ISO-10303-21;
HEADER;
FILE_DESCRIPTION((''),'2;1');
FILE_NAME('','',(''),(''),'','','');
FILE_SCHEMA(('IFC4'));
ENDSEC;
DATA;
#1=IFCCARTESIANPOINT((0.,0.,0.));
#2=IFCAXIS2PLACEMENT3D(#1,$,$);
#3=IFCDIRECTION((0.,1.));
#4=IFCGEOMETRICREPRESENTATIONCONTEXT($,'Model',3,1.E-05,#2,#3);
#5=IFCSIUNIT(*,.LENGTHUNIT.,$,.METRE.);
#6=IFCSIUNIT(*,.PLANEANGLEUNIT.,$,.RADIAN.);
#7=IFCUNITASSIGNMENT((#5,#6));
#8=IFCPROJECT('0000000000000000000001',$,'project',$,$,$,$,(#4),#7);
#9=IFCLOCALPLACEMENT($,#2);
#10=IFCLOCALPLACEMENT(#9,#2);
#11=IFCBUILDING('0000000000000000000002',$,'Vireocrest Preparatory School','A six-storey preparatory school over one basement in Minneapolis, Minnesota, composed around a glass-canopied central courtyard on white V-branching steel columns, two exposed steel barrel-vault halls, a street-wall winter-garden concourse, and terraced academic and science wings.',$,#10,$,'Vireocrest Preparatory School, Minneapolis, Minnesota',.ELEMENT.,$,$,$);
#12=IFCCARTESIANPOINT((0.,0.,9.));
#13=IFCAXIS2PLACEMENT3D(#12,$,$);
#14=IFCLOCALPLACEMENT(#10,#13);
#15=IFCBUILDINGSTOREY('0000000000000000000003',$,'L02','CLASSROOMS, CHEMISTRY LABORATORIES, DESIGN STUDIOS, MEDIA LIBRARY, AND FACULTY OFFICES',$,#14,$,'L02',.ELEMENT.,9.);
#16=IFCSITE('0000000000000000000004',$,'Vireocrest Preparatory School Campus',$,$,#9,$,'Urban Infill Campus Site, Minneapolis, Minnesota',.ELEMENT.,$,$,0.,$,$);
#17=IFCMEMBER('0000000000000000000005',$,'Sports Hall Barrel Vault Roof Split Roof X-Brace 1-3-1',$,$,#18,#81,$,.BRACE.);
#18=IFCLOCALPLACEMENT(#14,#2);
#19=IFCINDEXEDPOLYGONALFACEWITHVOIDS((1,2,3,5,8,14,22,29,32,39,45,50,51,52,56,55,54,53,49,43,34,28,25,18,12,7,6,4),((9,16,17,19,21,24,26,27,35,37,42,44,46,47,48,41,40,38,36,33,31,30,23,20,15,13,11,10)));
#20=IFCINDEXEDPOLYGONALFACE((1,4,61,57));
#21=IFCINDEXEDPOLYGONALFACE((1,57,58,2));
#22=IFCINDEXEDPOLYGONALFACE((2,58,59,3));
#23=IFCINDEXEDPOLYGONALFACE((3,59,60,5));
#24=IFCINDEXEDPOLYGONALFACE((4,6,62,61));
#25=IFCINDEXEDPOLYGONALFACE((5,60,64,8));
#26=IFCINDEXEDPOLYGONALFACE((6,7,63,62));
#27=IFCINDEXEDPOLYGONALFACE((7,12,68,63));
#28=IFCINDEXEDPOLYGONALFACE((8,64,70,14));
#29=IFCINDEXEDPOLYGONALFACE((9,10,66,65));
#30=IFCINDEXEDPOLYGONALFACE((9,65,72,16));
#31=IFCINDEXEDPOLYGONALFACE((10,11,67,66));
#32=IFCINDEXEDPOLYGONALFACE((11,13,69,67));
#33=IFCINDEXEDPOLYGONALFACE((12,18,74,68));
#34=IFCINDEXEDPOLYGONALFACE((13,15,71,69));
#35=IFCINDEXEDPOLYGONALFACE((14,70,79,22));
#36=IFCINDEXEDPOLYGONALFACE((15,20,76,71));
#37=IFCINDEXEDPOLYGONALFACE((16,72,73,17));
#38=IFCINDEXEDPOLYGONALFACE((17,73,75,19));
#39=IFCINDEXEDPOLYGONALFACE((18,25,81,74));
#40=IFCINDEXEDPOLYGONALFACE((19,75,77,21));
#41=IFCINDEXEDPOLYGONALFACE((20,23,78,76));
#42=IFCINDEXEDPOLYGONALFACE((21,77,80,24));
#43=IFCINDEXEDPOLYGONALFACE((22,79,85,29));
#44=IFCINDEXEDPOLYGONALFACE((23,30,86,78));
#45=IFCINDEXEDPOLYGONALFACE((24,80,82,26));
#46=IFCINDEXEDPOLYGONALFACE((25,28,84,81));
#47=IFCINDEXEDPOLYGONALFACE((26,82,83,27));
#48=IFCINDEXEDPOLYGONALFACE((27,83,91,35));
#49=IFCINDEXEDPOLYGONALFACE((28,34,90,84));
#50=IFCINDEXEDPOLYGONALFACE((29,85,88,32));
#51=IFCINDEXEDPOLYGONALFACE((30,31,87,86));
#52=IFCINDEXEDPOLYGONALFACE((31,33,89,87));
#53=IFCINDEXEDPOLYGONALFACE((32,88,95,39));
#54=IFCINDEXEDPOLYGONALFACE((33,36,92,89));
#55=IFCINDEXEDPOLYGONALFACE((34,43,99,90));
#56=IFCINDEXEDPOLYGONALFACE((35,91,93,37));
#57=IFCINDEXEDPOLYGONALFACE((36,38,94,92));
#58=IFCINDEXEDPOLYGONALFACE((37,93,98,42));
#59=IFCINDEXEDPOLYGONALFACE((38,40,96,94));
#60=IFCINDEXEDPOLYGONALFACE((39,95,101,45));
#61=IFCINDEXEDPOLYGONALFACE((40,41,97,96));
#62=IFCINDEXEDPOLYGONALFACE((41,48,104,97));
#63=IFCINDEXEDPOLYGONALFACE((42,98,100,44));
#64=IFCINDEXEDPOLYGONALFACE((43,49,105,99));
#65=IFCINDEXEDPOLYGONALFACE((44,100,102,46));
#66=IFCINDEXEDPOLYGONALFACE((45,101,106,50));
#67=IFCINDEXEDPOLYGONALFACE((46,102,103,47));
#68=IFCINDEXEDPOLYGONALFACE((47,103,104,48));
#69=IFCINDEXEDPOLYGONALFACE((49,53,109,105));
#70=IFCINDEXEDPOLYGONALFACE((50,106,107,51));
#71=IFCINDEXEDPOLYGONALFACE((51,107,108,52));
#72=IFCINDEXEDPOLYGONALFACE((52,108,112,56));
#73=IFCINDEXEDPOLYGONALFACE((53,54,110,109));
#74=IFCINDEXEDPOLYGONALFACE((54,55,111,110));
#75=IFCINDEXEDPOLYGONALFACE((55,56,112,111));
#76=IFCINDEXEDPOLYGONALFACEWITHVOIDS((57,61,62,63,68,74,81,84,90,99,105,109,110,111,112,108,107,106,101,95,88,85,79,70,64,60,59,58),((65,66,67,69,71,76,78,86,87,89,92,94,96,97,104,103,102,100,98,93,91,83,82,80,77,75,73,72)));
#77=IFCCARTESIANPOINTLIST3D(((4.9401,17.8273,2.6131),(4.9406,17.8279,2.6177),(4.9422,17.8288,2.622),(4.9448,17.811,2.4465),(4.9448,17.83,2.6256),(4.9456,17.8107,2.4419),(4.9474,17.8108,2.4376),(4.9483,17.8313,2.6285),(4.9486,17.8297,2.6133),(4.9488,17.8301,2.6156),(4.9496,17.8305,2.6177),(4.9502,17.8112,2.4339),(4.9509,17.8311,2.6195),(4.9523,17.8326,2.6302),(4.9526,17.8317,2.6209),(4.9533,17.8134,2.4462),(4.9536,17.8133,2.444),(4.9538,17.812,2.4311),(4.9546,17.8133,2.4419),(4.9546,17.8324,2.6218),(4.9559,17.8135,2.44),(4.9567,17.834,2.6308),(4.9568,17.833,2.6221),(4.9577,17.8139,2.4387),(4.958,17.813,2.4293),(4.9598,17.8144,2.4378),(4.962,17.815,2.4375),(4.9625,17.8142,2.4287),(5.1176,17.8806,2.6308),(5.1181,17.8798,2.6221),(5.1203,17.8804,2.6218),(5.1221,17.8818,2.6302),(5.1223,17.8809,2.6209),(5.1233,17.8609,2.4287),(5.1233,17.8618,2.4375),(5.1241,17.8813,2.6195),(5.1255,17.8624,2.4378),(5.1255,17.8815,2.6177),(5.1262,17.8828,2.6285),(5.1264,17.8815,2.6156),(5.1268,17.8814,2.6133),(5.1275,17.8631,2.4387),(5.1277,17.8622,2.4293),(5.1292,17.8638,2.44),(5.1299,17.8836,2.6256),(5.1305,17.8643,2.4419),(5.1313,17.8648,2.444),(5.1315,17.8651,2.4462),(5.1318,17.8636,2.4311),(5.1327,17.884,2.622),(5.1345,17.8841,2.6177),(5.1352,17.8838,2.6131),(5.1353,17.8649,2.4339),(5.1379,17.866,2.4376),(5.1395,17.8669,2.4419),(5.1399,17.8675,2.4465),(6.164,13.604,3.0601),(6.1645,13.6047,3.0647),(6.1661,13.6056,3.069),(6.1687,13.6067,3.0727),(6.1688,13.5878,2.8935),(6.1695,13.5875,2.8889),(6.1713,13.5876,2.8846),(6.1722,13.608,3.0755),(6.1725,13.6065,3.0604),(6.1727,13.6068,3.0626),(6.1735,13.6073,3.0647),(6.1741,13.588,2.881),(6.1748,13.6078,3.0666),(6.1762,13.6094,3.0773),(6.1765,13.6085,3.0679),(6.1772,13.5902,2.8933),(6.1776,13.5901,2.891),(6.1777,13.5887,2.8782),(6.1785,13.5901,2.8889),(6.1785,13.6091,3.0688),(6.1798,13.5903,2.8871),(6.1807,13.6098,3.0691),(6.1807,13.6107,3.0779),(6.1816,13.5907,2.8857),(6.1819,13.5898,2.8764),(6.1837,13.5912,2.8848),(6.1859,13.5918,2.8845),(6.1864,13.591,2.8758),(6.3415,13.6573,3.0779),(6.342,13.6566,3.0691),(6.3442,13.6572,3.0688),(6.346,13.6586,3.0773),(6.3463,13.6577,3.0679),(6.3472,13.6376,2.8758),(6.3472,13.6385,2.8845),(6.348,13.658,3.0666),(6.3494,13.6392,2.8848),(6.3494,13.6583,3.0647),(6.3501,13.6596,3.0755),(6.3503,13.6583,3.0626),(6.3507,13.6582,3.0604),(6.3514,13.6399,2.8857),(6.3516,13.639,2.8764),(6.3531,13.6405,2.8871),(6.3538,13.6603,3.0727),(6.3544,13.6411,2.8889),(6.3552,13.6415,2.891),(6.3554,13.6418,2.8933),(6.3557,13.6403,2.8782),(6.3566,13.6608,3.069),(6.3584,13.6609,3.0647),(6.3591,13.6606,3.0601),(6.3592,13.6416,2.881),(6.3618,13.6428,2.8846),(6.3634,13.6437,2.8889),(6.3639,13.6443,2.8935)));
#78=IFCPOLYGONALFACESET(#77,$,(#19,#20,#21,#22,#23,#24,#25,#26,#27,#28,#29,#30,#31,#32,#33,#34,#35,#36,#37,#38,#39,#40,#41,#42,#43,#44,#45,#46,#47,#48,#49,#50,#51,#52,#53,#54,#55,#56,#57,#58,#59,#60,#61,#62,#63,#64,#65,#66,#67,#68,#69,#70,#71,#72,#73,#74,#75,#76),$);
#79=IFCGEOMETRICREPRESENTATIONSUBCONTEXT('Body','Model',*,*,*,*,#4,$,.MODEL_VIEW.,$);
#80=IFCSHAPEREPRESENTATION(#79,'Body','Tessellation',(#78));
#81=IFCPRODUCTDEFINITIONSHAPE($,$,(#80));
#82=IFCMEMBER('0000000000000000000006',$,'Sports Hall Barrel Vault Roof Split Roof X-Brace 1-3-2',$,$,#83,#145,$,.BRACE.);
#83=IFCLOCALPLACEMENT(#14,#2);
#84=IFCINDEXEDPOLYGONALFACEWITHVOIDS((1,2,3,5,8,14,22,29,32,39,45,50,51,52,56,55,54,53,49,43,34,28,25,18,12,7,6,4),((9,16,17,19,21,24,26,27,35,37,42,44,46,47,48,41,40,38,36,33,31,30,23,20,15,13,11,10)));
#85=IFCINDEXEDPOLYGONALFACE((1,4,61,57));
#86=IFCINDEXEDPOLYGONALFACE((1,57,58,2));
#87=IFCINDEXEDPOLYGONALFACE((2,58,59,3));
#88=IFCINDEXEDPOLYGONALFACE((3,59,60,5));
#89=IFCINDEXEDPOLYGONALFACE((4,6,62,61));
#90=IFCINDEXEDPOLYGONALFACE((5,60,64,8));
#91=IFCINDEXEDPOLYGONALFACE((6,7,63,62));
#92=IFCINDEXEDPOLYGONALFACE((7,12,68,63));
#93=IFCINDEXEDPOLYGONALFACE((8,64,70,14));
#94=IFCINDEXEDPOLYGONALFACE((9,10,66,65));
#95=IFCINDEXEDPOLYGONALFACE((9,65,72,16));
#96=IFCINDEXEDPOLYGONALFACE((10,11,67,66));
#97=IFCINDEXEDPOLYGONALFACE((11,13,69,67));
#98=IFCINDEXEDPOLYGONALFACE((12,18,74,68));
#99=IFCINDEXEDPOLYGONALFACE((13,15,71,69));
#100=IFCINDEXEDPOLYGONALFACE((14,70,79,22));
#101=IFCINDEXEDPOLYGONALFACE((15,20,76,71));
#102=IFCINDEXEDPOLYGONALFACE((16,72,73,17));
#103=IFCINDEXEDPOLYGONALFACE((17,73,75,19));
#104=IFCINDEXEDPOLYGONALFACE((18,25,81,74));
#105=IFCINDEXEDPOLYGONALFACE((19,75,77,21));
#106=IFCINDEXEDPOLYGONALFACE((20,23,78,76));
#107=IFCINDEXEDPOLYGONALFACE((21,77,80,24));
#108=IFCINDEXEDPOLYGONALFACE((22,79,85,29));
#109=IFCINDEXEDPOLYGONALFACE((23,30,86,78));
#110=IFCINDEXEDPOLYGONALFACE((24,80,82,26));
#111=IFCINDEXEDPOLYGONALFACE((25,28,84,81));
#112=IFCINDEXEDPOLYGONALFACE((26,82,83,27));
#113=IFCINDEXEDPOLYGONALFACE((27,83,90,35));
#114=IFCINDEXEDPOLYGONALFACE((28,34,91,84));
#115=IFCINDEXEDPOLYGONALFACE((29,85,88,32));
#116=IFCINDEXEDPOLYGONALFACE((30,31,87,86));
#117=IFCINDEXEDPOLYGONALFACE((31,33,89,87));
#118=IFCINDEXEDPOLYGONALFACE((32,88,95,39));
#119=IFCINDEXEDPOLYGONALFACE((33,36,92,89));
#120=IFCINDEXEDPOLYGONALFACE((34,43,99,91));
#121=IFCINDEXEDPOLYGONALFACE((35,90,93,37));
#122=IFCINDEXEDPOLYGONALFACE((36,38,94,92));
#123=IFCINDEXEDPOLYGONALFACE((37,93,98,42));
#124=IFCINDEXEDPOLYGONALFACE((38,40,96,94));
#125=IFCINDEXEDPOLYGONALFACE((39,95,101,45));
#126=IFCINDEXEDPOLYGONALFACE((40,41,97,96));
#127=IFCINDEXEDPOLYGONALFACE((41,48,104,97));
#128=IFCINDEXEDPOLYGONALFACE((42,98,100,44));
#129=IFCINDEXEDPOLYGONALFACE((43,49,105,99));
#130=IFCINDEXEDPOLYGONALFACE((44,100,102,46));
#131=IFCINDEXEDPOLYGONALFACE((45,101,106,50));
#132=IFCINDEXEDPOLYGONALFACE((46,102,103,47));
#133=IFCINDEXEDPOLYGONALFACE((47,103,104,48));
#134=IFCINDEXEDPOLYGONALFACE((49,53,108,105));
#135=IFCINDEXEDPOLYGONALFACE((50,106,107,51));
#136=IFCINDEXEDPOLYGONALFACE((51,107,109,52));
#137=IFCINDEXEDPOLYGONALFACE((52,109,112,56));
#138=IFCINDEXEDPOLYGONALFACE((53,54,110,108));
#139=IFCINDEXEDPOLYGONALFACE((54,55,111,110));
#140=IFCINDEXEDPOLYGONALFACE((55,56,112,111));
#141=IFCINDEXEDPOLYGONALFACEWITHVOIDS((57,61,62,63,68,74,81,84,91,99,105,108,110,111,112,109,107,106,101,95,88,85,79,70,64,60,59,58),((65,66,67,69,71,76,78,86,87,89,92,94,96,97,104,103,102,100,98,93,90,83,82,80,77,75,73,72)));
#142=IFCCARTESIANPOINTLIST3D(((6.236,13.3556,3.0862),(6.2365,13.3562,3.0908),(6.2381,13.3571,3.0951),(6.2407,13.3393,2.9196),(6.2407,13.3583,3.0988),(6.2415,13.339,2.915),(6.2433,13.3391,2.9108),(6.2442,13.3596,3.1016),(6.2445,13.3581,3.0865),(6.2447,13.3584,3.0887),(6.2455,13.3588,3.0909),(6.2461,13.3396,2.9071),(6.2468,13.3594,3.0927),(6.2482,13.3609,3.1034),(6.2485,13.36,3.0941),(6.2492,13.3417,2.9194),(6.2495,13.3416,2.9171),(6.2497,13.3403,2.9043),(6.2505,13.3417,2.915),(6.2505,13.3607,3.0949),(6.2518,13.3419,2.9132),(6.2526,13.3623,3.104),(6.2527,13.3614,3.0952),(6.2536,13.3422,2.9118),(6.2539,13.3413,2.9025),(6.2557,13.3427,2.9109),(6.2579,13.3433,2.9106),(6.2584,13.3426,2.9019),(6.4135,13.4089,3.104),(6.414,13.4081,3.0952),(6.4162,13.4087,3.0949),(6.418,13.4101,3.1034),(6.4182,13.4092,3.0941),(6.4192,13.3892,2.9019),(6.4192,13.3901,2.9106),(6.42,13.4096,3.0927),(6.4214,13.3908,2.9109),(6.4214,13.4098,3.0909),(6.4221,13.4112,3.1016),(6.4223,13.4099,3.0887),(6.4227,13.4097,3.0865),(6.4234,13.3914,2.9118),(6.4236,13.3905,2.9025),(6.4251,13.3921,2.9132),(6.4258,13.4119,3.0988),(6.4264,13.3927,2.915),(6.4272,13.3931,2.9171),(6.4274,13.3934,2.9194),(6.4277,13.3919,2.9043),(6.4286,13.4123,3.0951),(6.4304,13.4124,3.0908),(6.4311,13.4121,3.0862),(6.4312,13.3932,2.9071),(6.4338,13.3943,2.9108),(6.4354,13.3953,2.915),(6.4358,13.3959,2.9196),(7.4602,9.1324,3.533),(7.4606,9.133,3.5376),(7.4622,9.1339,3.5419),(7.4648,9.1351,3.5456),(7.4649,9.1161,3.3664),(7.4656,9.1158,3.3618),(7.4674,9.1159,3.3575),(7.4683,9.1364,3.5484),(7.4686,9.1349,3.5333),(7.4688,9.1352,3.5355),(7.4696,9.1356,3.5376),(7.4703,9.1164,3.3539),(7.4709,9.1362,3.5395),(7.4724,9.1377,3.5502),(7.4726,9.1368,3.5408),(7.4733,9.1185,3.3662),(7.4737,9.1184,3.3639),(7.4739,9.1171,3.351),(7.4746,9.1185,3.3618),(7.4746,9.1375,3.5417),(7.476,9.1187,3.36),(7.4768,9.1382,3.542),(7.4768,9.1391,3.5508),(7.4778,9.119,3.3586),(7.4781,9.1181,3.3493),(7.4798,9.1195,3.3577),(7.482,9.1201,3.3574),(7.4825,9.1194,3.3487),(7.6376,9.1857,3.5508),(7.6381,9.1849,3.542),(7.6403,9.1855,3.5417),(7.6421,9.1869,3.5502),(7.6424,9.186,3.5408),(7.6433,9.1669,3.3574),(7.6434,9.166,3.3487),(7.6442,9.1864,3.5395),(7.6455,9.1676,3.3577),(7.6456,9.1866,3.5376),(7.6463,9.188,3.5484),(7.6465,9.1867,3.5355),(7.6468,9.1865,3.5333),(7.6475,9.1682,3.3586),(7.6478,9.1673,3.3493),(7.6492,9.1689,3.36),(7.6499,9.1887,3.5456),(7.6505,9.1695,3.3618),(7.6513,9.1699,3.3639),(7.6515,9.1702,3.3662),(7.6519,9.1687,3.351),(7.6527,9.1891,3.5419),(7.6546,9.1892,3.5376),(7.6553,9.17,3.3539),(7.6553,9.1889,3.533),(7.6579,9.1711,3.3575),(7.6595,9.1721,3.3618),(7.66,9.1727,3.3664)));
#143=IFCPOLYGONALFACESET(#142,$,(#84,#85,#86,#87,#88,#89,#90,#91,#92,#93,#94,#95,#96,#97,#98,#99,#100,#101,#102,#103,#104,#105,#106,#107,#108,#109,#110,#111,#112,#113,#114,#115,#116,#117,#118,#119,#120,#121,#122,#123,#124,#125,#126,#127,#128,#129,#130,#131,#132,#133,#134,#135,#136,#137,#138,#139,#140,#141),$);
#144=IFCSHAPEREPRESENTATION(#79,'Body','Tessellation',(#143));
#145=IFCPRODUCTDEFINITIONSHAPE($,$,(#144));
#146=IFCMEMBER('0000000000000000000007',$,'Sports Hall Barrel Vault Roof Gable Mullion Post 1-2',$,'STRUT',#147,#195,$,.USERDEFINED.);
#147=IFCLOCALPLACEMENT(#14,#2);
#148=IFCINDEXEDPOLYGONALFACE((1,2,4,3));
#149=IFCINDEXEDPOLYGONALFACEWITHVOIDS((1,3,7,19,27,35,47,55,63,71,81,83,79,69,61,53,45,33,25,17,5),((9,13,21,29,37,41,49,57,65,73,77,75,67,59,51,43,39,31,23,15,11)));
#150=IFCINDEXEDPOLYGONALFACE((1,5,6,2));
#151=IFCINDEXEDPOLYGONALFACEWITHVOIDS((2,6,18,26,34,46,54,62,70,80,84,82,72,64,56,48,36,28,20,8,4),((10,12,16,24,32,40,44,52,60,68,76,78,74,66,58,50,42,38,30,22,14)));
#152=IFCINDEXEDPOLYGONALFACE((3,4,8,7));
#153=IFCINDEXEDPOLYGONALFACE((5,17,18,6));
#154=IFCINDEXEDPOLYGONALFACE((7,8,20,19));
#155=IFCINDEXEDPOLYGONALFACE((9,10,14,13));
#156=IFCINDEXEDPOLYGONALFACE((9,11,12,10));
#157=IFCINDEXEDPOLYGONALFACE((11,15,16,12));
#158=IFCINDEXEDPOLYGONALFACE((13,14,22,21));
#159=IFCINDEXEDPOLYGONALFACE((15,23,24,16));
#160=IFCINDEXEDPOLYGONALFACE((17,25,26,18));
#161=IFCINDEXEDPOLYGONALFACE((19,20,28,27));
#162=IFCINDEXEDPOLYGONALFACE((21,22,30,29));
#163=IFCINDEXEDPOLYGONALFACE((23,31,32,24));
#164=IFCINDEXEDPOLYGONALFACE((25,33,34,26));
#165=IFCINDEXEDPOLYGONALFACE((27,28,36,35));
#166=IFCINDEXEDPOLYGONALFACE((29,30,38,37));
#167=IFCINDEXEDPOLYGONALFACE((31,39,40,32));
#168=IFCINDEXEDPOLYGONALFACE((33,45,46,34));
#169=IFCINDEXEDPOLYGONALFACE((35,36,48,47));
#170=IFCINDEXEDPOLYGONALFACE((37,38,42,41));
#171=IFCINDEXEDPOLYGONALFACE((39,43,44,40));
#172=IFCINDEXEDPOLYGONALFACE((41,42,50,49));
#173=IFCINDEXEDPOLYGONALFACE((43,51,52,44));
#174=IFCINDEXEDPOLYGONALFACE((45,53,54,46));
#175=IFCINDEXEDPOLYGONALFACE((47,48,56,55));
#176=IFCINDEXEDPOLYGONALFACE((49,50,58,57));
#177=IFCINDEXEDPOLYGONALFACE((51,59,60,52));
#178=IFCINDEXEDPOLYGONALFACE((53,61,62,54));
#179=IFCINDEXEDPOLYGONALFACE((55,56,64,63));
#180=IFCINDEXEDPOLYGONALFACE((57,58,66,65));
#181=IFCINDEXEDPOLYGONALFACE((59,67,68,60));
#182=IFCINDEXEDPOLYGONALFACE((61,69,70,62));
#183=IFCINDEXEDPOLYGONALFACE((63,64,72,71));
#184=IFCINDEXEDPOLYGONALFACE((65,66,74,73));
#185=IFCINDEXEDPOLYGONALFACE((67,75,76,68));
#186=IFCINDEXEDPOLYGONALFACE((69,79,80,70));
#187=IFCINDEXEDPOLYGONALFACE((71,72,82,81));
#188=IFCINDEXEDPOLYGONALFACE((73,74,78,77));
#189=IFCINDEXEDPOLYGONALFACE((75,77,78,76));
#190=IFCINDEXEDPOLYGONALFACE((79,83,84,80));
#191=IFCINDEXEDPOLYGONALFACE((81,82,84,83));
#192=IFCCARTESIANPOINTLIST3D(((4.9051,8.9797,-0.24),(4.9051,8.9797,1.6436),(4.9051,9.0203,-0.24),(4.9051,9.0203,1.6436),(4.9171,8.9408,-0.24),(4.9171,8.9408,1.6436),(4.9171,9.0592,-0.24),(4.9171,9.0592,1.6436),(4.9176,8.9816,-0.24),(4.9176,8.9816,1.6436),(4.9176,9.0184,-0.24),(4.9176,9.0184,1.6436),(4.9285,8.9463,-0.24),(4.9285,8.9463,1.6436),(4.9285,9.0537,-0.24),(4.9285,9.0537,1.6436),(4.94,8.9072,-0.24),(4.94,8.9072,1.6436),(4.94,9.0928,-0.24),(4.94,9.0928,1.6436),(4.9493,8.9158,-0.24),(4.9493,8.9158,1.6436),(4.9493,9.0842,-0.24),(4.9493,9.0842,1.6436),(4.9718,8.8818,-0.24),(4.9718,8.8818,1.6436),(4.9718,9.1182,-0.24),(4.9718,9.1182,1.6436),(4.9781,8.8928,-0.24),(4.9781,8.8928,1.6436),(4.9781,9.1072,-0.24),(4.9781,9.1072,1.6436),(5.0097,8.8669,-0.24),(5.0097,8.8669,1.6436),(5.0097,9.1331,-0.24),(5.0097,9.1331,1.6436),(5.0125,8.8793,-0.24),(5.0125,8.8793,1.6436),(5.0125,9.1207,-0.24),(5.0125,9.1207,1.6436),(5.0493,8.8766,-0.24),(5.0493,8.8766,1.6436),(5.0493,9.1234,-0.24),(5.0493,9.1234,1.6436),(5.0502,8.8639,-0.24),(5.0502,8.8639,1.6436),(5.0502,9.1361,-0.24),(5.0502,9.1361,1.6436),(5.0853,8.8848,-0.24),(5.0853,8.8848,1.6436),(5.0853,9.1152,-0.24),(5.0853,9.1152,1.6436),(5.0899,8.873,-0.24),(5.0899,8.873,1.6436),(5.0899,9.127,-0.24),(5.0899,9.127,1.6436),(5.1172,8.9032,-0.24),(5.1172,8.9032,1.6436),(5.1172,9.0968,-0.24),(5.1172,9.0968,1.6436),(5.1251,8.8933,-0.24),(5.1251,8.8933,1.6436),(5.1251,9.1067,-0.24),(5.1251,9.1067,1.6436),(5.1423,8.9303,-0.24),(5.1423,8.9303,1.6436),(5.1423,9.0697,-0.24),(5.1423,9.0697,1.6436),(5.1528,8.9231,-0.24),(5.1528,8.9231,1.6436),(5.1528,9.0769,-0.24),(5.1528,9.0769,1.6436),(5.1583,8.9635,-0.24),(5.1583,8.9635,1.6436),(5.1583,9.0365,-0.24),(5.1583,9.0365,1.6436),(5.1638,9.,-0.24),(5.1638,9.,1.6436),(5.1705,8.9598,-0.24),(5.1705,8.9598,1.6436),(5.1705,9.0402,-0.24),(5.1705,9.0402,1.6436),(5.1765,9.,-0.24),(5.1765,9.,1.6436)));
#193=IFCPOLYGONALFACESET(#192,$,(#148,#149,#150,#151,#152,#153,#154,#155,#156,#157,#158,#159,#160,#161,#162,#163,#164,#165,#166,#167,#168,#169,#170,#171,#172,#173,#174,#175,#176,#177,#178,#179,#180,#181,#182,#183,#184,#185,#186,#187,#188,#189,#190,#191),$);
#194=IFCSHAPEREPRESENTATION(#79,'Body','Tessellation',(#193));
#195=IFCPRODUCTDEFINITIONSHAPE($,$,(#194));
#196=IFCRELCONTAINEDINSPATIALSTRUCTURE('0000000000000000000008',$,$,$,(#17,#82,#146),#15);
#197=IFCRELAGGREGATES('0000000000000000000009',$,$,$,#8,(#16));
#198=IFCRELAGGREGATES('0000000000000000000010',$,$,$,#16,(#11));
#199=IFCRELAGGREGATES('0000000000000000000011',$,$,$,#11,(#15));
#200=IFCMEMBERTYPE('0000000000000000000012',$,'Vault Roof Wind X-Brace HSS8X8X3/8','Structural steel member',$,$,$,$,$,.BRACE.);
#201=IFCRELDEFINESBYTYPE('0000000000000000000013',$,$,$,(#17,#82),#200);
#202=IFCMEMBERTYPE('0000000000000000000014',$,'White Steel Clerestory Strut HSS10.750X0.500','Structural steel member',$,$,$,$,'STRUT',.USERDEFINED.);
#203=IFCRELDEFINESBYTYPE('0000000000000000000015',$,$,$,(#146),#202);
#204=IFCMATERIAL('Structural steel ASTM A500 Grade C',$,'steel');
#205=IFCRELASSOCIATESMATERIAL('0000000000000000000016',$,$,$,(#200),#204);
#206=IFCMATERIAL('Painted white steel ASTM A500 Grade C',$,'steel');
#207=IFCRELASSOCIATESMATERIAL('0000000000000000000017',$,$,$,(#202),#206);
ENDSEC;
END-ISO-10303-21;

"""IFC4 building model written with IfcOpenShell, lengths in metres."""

from ifc_helpers import new_model, si_unit, direction, frame, origin, origin_2d, place, context, subcontext, project, spatial, hollow_rectangle, hollow_circle, extrude, material, material_profile, profile_set, type_object, element, save


model = new_model("IFC4")

# Units and contexts
model_context = context("Model", 3, precision=1e-05, world=origin(), true_north=direction((0.0, 1.0)))
body_context = subcontext(model_context, "Body", "Model", "MODEL_VIEW")
ifc_project = project(units=[si_unit("LENGTHUNIT", "METRE"), si_unit("PLANEANGLEUNIT", "RADIAN")], contexts=[model_context])

# Site, building, storey
site_placement = place(None, origin())
site = spatial("IfcSite", under=ifc_project, at=site_placement, Name="Vireocrest Preparatory School Campus", LongName="Urban Infill Campus Site, Minneapolis, Minnesota", CompositionType="ELEMENT", RefElevation=0.0)
building_placement = place(site_placement, origin())
building = spatial("IfcBuilding", under=site, at=building_placement, Name="Vireocrest Preparatory School", Description="A six-storey preparatory school over one basement in Minneapolis, Minnesota, composed around a glass-canopied central courtyard on white V-branching steel columns, two exposed steel barrel-vault halls, a street-wall winter-garden concourse, and terraced academic and science wings.", LongName="Vireocrest Preparatory School, Minneapolis, Minnesota", CompositionType="ELEMENT")
storey_placement = place(building_placement, frame((0.0, 0.0, 9.0)))
storey = spatial("IfcBuildingStorey", under=building, at=storey_placement, Name="L02", Description="CLASSROOMS, CHEMISTRY LABORATORIES, DESIGN STUDIOS, MEDIA LIBRARY, AND FACULTY OFFICES", LongName="L02", CompositionType="ELEMENT", Elevation=9.0)

# Shared definitions
ifc_material_1 = material(Name="Structural steel ASTM A500 Grade C", Category="steel")

# Members
ifc_material_profile_1 = material_profile(ifc_material_1, hollow_rectangle(XDim=0.2031, YDim=0.2031, WallThickness=0.0088, InnerFilletRadius=0.0088, OuterFilletRadius=0.0178, at=origin_2d()), Name="HSS8X8X3/8")
ifc_profile_set_1 = profile_set([ifc_material_profile_1], Name="Structural steel ASTM A500 Grade C")
member_type_1 = type_object("IfcMemberType", Name="Vault Roof Wind X-Brace HSS8X8X3/8", Description="Structural steel member", PredefinedType="BRACE", material=ifc_profile_set_1)
for number, where, z_axis, x_axis, name in (
    (1, (5.04, 17.8474, 2.5298), (0.276922, -0.955554, 0.101146), (0.96048, 0.278349, 0.0), "Sports Hall Barrel Vault Roof Split Roof X-Brace 1-3-1"),
    (2, (6.3359, 13.3757, 3.0029), (0.276974, -0.955545, 0.10109), (0.960465, 0.278401, 0.0), "Sports Hall Barrel Vault Roof Split Roof X-Brace 1-3-2"),
):
    element("IfcMember", number, at=place(storey_placement, frame(where, z_axis=z_axis, x_axis=x_axis)), inside=storey, type_object=member_type_1, Name=name, PredefinedType="BRACE", context=body_context, shape_type="SweptSolid", body=[
        extrude(hollow_rectangle(XDim=0.2031, YDim=0.2031, WallThickness=0.0088, InnerFilletRadius=0.0088, OuterFilletRadius=0.0178, at=origin_2d()), origin(), (0.0, 0.0, 1.0), 4.4197),
    ])
ifc_material_2 = material(Name="Painted white steel ASTM A500 Grade C", Category="steel")
ifc_material_profile_2 = material_profile(ifc_material_2, hollow_circle(Radius=0.1365, WallThickness=0.0127, at=origin_2d()), Name="HSS10.750X0.500")
ifc_profile_set_2 = profile_set([ifc_material_profile_2], Name="Painted white steel ASTM A500 Grade C")
member_type_2 = type_object("IfcMemberType", Name="White Steel Clerestory Strut HSS10.750X0.500", Description="Structural steel member", ElementType="STRUT", PredefinedType="USERDEFINED", material=ifc_profile_set_2)
member_1_placement = place(storey_placement, frame((5.04, 9.0, -0.24), z_axis=(0.0, 0.0, 1.0), x_axis=(1.0, 0.0, 0.0)))
element("IfcMember", 3, at=member_1_placement, inside=storey, type_object=member_type_2, Name="Sports Hall Barrel Vault Roof Gable Mullion Post 1-2", ObjectType="STRUT", PredefinedType="USERDEFINED", context=body_context, shape_type="SweptSolid", body=[
    extrude(hollow_circle(Radius=0.1365, WallThickness=0.0127, at=origin_2d()), origin(), (0.0, 0.0, 1.0), 1.8835),
])

save(model, "model.ifc")
